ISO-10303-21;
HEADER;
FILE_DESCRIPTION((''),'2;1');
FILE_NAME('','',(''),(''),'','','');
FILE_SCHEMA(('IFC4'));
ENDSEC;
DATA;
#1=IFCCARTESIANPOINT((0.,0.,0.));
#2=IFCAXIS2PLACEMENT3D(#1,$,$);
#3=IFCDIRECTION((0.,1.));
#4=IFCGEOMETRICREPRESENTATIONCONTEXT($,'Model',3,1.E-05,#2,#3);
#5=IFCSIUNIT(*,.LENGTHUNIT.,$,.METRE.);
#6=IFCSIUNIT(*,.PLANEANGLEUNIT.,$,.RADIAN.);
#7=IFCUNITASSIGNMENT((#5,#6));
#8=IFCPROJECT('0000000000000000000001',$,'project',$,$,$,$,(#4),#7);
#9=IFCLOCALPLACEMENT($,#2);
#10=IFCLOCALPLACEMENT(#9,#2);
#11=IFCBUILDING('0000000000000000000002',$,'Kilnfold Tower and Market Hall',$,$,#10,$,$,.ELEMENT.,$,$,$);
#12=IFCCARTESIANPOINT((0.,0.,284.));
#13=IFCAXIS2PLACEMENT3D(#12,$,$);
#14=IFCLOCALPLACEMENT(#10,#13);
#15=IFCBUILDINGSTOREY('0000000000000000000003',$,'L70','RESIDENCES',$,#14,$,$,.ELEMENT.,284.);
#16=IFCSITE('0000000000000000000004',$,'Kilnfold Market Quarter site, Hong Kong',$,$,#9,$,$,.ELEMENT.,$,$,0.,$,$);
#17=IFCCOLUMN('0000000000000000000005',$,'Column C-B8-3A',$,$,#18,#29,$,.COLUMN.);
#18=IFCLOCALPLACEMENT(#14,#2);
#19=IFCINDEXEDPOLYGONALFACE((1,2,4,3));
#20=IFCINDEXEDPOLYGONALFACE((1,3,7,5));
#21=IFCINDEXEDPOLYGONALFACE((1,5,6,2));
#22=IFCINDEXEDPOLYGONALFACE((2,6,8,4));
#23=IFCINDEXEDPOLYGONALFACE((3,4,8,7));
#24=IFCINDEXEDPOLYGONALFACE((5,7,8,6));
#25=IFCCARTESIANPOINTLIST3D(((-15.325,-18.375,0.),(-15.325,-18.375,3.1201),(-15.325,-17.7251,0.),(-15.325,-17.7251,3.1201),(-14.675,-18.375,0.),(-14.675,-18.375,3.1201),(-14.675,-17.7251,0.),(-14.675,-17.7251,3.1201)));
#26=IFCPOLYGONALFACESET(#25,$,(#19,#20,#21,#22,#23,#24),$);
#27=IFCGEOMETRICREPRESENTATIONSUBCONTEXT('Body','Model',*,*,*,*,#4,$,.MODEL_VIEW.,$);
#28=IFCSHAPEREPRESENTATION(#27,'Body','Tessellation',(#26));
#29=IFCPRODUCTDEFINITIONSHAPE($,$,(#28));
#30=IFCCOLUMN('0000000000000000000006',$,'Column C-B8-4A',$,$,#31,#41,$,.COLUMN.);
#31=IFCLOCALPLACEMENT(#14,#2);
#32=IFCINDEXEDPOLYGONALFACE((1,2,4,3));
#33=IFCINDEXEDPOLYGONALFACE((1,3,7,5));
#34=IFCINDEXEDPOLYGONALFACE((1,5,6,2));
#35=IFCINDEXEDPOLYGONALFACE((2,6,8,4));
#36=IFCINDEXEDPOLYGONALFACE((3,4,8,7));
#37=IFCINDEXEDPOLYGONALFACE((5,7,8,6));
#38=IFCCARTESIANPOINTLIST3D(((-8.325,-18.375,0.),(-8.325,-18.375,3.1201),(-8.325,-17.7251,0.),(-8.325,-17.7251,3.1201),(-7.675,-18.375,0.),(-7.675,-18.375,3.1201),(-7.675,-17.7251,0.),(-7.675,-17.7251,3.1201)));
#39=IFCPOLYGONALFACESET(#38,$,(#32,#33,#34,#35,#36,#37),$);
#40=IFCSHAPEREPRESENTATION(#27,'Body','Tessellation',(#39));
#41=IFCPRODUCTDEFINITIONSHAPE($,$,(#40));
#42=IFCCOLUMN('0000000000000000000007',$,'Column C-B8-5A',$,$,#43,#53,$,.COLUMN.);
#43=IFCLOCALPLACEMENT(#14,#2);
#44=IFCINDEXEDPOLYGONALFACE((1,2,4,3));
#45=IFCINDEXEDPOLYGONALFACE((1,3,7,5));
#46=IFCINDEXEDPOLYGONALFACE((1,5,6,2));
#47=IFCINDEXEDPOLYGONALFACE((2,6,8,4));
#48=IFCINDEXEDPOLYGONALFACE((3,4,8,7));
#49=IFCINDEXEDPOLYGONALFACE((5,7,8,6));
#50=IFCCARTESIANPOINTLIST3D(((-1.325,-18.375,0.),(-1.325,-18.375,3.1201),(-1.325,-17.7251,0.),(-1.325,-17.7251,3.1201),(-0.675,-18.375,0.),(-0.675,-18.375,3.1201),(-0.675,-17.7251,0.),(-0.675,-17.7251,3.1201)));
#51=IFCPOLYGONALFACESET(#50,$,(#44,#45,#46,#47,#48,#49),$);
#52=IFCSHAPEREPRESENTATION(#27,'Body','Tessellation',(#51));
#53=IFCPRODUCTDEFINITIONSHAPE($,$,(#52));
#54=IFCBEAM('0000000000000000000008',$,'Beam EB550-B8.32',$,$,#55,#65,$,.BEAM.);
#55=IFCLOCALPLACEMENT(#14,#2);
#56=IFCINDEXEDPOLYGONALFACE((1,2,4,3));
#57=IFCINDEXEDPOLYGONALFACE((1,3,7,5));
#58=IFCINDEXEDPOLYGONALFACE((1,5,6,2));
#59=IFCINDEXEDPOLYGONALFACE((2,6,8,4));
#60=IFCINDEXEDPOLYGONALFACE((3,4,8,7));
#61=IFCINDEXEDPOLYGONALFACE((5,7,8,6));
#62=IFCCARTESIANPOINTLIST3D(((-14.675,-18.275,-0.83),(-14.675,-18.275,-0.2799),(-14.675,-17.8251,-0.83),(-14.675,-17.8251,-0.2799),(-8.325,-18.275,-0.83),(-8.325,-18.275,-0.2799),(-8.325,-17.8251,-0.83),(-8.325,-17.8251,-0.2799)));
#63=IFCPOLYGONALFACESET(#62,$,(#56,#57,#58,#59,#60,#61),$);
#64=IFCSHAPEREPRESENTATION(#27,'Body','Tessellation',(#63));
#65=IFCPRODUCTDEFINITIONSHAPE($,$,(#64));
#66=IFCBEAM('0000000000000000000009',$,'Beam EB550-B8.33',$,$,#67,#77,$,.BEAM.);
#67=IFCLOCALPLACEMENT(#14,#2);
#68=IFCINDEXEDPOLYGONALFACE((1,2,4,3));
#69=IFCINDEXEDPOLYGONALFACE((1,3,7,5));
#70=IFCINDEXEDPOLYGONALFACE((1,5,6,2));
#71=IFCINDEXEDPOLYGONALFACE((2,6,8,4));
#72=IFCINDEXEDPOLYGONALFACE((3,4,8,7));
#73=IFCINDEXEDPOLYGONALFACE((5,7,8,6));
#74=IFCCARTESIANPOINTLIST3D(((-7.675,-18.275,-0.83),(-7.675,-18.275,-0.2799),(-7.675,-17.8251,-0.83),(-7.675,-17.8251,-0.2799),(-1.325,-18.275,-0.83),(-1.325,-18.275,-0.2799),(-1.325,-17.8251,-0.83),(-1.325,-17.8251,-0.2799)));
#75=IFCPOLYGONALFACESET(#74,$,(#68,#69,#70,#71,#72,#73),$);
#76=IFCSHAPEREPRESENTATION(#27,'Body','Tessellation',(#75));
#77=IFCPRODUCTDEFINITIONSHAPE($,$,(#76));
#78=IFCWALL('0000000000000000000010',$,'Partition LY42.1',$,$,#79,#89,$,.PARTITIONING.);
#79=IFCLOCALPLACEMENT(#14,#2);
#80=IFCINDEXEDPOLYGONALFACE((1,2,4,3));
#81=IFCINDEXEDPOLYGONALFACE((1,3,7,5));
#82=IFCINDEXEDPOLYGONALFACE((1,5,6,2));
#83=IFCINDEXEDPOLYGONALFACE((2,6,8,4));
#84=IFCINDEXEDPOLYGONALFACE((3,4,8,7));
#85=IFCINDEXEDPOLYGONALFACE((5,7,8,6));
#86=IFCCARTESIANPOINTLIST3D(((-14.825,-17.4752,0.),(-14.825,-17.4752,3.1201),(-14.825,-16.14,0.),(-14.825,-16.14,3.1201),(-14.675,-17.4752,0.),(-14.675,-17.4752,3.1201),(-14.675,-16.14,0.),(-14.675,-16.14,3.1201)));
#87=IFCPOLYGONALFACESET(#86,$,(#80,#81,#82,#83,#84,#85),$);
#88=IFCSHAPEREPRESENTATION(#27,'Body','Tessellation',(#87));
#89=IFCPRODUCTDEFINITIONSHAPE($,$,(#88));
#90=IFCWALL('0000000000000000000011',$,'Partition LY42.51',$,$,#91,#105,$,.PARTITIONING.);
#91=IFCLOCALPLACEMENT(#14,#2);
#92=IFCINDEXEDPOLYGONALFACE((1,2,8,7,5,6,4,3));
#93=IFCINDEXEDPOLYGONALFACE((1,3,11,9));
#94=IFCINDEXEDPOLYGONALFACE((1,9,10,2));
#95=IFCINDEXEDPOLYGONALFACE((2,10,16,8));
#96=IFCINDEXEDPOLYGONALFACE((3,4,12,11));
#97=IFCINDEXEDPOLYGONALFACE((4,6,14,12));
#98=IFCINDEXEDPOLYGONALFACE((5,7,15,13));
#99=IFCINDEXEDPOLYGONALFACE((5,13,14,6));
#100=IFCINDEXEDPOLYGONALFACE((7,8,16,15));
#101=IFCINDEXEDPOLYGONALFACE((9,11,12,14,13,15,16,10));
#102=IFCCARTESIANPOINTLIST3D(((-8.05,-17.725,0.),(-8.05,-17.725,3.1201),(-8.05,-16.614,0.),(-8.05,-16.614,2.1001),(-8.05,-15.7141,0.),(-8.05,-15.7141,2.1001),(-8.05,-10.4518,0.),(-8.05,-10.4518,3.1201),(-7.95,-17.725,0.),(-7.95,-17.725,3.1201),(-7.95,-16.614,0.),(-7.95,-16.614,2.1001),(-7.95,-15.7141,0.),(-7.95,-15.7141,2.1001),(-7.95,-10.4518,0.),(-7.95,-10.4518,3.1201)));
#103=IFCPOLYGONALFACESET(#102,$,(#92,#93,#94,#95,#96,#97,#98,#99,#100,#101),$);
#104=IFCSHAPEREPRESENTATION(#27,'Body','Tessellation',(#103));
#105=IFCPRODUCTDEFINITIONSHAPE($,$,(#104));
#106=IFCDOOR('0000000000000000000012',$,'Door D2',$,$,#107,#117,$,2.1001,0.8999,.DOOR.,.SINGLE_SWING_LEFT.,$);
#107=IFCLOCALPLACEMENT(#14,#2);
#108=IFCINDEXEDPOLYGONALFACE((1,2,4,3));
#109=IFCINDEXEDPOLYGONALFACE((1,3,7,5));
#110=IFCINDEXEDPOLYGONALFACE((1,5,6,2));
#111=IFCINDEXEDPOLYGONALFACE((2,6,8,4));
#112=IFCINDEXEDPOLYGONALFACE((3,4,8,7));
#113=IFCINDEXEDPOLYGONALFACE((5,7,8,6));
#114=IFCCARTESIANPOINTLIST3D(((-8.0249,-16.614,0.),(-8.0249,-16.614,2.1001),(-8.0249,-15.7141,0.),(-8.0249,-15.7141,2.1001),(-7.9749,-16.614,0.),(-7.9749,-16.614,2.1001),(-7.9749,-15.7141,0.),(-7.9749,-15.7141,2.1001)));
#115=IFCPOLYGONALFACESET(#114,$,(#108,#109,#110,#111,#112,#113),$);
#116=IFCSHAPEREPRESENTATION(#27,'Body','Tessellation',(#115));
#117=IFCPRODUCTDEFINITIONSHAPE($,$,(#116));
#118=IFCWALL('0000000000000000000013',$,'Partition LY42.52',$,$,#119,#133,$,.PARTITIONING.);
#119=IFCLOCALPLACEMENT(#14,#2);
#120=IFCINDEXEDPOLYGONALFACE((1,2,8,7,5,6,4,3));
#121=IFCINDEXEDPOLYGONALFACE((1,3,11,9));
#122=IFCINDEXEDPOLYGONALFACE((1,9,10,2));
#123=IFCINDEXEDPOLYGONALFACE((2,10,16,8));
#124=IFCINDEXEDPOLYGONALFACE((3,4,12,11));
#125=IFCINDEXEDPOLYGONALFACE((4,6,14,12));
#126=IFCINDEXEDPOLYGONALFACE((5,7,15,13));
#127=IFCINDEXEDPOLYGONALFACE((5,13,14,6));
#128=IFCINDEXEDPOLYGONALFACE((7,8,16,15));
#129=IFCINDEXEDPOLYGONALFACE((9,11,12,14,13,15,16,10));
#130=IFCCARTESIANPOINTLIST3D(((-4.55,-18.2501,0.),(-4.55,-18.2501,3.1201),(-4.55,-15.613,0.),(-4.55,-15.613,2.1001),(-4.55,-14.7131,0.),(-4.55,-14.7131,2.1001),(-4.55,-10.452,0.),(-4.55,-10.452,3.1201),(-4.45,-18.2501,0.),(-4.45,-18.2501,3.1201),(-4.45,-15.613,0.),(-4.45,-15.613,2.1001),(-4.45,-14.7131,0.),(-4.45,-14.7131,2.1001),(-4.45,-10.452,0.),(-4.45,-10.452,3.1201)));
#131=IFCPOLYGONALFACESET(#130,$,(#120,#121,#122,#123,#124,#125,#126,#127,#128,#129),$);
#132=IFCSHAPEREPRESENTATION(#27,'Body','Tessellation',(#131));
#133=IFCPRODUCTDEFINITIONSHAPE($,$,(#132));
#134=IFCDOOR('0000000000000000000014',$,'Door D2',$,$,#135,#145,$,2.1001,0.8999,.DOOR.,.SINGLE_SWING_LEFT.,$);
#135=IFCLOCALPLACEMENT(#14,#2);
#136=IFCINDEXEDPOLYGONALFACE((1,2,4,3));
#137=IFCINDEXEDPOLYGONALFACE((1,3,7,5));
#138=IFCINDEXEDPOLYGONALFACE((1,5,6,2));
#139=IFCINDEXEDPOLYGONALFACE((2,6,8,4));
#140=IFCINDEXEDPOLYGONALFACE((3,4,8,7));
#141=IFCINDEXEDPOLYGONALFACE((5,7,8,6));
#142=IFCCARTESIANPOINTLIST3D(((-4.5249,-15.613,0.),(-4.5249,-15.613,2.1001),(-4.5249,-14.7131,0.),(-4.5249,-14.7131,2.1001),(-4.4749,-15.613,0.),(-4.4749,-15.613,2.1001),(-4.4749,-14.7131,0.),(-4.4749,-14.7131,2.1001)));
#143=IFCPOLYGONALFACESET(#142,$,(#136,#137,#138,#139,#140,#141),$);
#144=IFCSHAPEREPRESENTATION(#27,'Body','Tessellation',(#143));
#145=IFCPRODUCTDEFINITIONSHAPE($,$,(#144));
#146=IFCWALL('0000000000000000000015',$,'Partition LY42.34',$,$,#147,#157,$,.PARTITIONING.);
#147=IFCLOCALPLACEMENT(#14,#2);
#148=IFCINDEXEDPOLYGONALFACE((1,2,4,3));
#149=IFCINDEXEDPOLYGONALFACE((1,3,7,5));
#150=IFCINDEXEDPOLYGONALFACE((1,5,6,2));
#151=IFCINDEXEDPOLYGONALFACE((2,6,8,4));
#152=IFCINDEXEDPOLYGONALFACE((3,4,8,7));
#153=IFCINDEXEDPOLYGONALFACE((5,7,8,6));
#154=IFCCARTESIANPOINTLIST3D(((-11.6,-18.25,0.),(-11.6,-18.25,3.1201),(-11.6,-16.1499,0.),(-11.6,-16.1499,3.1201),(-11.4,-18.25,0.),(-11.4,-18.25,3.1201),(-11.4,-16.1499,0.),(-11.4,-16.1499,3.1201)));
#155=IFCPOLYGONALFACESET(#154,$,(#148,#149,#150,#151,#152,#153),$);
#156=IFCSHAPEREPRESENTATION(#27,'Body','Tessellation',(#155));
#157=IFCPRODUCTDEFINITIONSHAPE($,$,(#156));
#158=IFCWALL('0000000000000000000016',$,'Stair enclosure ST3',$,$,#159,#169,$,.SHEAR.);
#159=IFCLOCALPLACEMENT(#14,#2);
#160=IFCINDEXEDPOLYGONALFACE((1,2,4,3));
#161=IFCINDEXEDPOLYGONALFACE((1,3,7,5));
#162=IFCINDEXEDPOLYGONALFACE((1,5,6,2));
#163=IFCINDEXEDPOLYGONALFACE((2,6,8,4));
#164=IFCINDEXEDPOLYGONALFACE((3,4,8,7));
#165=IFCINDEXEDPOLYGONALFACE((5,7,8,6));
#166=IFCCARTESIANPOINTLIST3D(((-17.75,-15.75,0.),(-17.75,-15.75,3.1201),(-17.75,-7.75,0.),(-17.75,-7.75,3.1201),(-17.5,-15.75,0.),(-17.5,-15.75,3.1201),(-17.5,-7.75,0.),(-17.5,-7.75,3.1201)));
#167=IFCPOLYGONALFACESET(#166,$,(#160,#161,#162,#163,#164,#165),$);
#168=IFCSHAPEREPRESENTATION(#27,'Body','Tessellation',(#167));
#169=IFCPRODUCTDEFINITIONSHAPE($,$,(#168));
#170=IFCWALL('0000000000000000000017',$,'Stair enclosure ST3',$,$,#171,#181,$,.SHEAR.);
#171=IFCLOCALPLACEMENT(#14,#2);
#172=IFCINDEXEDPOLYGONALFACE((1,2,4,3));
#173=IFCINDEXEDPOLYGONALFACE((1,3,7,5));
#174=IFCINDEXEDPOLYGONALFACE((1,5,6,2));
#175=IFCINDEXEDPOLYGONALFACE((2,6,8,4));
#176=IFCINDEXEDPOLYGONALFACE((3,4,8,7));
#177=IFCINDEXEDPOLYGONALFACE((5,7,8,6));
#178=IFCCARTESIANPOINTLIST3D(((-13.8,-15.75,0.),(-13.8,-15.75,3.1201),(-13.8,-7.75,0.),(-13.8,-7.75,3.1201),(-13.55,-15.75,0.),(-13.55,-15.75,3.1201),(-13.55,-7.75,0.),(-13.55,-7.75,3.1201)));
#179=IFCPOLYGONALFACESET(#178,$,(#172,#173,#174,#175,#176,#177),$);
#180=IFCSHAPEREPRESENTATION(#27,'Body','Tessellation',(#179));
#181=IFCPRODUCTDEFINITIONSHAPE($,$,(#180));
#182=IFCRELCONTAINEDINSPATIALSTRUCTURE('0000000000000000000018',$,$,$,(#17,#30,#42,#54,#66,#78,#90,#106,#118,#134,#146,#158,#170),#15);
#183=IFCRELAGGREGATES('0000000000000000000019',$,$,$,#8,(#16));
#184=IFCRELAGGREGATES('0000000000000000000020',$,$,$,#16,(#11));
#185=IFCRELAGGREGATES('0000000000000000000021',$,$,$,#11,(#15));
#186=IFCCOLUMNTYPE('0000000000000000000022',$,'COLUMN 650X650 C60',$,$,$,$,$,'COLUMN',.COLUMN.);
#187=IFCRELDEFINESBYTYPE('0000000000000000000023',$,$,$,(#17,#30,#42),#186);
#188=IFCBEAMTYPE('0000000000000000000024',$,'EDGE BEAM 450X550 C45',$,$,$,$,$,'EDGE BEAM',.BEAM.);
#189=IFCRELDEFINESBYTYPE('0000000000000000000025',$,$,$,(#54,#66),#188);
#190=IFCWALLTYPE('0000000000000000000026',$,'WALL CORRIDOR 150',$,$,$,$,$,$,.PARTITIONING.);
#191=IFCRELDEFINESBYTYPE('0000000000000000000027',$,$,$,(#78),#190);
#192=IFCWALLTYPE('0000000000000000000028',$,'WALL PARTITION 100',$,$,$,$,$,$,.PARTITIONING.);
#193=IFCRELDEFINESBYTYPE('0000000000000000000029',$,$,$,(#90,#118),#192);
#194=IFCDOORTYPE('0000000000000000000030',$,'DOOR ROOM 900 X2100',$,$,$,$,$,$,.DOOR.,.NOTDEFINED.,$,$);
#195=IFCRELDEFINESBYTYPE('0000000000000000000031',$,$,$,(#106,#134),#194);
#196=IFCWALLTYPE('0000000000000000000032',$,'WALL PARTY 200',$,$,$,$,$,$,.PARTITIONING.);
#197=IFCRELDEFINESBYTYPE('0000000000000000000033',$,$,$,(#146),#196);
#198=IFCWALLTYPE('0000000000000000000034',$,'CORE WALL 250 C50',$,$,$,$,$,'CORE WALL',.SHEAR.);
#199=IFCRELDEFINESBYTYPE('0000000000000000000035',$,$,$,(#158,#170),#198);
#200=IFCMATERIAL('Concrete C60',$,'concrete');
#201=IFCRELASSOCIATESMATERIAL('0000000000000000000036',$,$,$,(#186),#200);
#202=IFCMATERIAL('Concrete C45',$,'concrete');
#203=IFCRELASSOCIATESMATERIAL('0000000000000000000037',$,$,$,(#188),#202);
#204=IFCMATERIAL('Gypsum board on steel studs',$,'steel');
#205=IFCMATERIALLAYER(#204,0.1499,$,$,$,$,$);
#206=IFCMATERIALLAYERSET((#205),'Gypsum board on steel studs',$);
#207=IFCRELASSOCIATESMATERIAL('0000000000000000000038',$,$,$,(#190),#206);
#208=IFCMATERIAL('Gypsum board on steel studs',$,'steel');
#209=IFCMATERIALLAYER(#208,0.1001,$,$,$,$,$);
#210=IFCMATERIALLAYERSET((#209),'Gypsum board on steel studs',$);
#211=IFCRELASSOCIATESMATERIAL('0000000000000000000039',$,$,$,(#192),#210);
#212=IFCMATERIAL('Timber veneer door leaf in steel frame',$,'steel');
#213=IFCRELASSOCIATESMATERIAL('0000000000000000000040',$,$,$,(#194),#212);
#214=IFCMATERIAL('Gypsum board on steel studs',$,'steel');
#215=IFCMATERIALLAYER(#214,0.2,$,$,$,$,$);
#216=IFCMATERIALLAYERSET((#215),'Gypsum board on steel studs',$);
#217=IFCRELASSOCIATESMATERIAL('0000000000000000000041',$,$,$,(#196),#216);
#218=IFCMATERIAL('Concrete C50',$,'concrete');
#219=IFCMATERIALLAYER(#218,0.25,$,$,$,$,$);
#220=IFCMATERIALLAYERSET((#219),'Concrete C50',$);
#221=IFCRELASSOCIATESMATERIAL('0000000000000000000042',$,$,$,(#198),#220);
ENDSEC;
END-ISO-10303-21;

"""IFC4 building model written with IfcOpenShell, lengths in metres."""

from ifc_helpers import new_model, si_unit, direction, frame, frame_2d, origin, origin_2d, place, context, subcontext, project, spatial, rectangle, extrude, source, transform, mapped, material, layer, layer_set, material_profile, profile_set, type_object, element, fill, save


model = new_model("IFC4")

# Units and contexts
model_context = context("Model", 3, precision=1e-05, world=origin(), true_north=direction((0.0, 1.0)))
body_context = subcontext(model_context, "Body", "Model", "MODEL_VIEW")
ifc_project = project(units=[si_unit("LENGTHUNIT", "METRE"), si_unit("PLANEANGLEUNIT", "RADIAN")], contexts=[model_context])

# Site, building, storey
site_placement = place(None, origin())
site = spatial("IfcSite", under=ifc_project, at=site_placement, Name="Kilnfold Market Quarter site, Hong Kong", CompositionType="ELEMENT", RefElevation=0.0)
building_placement = place(site_placement, origin())
building = spatial("IfcBuilding", under=site, at=building_placement, Name="Kilnfold Tower and Market Hall", CompositionType="ELEMENT")
storey_placement = place(building_placement, frame((0.0, 0.0, 284.0)))
storey = spatial("IfcBuildingStorey", under=building, at=storey_placement, Name="L70", Description="RESIDENCES", CompositionType="ELEMENT", Elevation=284.0)

# Columns
ifc_material_1 = material(Name="Concrete C60", Category="concrete")
ifc_material_profile_1 = material_profile(ifc_material_1, rectangle(XDim=0.6499, YDim=0.6499, at=origin_2d()), Name="RC 650x650")
ifc_profile_set_1 = profile_set([ifc_material_profile_1], Name="Concrete C60")
column_type = type_object("IfcColumnType", Name="COLUMN 650X650 C60", ElementType="COLUMN", PredefinedType="COLUMN", material=ifc_profile_set_1)
shared_shape_1 = source(origin(), body_context, "Body", "SweptSolid", [
    extrude(rectangle(XDim=0.6499, YDim=0.6499, at=origin_2d()), origin(), (0.0, 0.0, 1.0), 3.1201),
])
for number, where, z_axis, x_axis, name in (
    (1, (-15.0, -18.05, 0.0), (0.0, 0.0, 1.0), (1.0, 0.0, 0.0), "Column C-B8-3A"),
    (2, (-8.0, -18.05, 0.0), (0.0, 0.0, 1.0), (1.0, 0.0, 0.0), "Column C-B8-4A"),
    (3, (-1.0, -18.05, 0.0), (0.0, 0.0, 1.0), (1.0, 0.0, 0.0), "Column C-B8-5A"),
):
    element("IfcColumn", number, at=place(storey_placement, frame(where, z_axis=z_axis, x_axis=x_axis)), inside=storey, type_object=column_type, Name=name, PredefinedType="COLUMN", context=body_context, shape_type="MappedRepresentation", body=[
        mapped(shared_shape_1, transform((0.0, 0.0, 0.0))),
    ])

# Beams
ifc_material_2 = material(Name="Concrete C45", Category="concrete")
ifc_material_profile_2 = material_profile(ifc_material_2, rectangle(XDim=0.45, YDim=0.55, at=origin_2d()), Name="RC 450x550")
ifc_profile_set_2 = profile_set([ifc_material_profile_2], Name="Concrete C45")
beam_type = type_object("IfcBeamType", Name="EDGE BEAM 450X550 C45", ElementType="EDGE BEAM", PredefinedType="BEAM", material=ifc_profile_set_2)
shared_shape_2 = source(origin(), body_context, "Body", "SweptSolid", [
    extrude(rectangle(XDim=0.45, YDim=0.55, at=origin_2d()), origin(), (0.0, 0.0, 1.0), 6.3501),
])
for number, where, z_axis, x_axis, name in (
    (4, (-14.675, -18.05, -0.5549), (1.0, 0.0, 0.0), (0.0, 1.0, 0.0), "Beam EB550-B8.32"),
    (5, (-7.675, -18.05, -0.5549), (1.0, 0.0, 0.0), (0.0, 1.0, 0.0), "Beam EB550-B8.33"),
):
    element("IfcBeam", number, at=place(storey_placement, frame(where, z_axis=z_axis, x_axis=x_axis)), inside=storey, type_object=beam_type, Name=name, PredefinedType="BEAM", context=body_context, shape_type="MappedRepresentation", body=[
        mapped(shared_shape_2, transform((0.0, 0.0, 0.0))),
    ])

# Wall
ifc_material_3 = material(Name="Gypsum board on steel studs", Category="steel")
ifc_layer_1 = layer(ifc_material_3, 0.1499)
ifc_layer_set_1 = layer_set([ifc_layer_1], Name="Gypsum board on steel studs")
wall_type_1 = type_object("IfcWallType", Name="WALL CORRIDOR 150", PredefinedType="PARTITIONING", material=ifc_layer_set_1)
wall_1_placement = place(storey_placement, frame((-14.75, -17.4751, 0.0), z_axis=(0.0, 0.0, 1.0), x_axis=(0.0, 1.0, 0.0)))
element("IfcWall", 6, at=wall_1_placement, inside=storey, type_object=wall_type_1, Name="Partition LY42.1", PredefinedType="PARTITIONING", context=body_context, shape_type="SweptSolid", body=[
    extrude(rectangle(XDim=1.3352, YDim=0.1499, at=frame_2d((0.6675, 0.0))), origin(), (0.0, 0.0, 1.0), 3.1201),
])

# Walls, openings, doors
ifc_material_4 = material(Name="Gypsum board on steel studs", Category="steel")
ifc_layer_2 = layer(ifc_material_4, 0.1001)
ifc_layer_set_2 = layer_set([ifc_layer_2], Name="Gypsum board on steel studs")
wall_type_2 = type_object("IfcWallType", Name="WALL PARTITION 100", PredefinedType="PARTITIONING", material=ifc_layer_set_2)
wall_2_placement = place(storey_placement, frame((-8.0, -17.7251, 0.0), z_axis=(0.0, 0.0, 1.0), x_axis=(0.0, 1.0, 0.0)))
wall_2 = element("IfcWall", 7, at=wall_2_placement, inside=storey, type_object=wall_type_2, Name="Partition LY42.51", PredefinedType="PARTITIONING", context=body_context, shape_type="SweptSolid", body=[
    extrude(rectangle(XDim=7.2732, YDim=0.1001, at=frame_2d((3.6367, 0.0))), origin(), (0.0, 0.0, 1.0), 3.1201),
])
opening_1_placement = place(wall_2_placement, frame((1.1111, 0.0, 0.0)))
opening_1 = element("IfcOpeningElement", 8, at=opening_1_placement, cuts=wall_2, PredefinedType="OPENING", context=body_context, shape_type="SweptSolid", body=[
    extrude(rectangle(XDim=0.8999, YDim=2.1001, at=frame_2d((0.45, 1.05))), frame((0.0, 0.0601, 0.0), z_axis=(0.0, -1.0, 0.0), x_axis=(1.0, 0.0, 0.0)), (0.0, 0.0, 1.0), 0.1201),
])
ifc_material_5 = material(Name="Timber veneer door leaf in steel frame", Category="steel")
door_type = type_object("IfcDoorType", Name="DOOR ROOM 900 X2100", OperationType="NOTDEFINED", PredefinedType="DOOR", material=ifc_material_5)
door_1_placement = place(opening_1_placement, origin())
door_1 = element("IfcDoor", 9, at=door_1_placement, inside=storey, type_object=door_type, Name="Door D2", OperationType="SINGLE_SWING_LEFT", OverallHeight=2.1001, OverallWidth=0.8999, PredefinedType="DOOR", context=body_context, shape_type="SweptSolid", body=[
    extrude(rectangle(XDim=0.8999, YDim=2.1001, at=frame_2d((0.45, 1.05))), frame((0.0, 0.0249, 0.0), z_axis=(0.0, -1.0, 0.0), x_axis=(1.0, 0.0, 0.0)), (0.0, 0.0, 1.0), 0.05),
])
fill(opening_1, door_1)
wall_3_placement = place(storey_placement, frame((-4.5, -18.25, 0.0), z_axis=(0.0, 0.0, 1.0), x_axis=(0.0, 1.0, 0.0)))
wall_3 = element("IfcWall", 10, at=wall_3_placement, inside=storey, type_object=wall_type_2, Name="Partition LY42.52", PredefinedType="PARTITIONING", context=body_context, shape_type="SweptSolid", body=[
    extrude(rectangle(XDim=7.7981, YDim=0.1001, at=frame_2d((3.8989, 0.0))), origin(), (0.0, 0.0, 1.0), 3.1201),
])
opening_2_placement = place(wall_3_placement, frame((2.637, 0.0, 0.0)))
opening_2 = element("IfcOpeningElement", 11, at=opening_2_placement, cuts=wall_3, PredefinedType="OPENING", context=body_context, shape_type="SweptSolid", body=[
    extrude(rectangle(XDim=0.8999, YDim=2.1001, at=frame_2d((0.45, 1.05))), frame((0.0, 0.0601, 0.0), z_axis=(0.0, -1.0, 0.0), x_axis=(1.0, 0.0, 0.0)), (0.0, 0.0, 1.0), 0.1201),
])
door_2_placement = place(opening_2_placement, origin())
door_2 = element("IfcDoor", 12, at=door_2_placement, inside=storey, type_object=door_type, Name="Door D2", OperationType="SINGLE_SWING_LEFT", OverallHeight=2.1001, OverallWidth=0.8999, PredefinedType="DOOR", context=body_context, shape_type="SweptSolid", body=[
    extrude(rectangle(XDim=0.8999, YDim=2.1001, at=frame_2d((0.45, 1.05))), frame((0.0, 0.0249, 0.0), z_axis=(0.0, -1.0, 0.0), x_axis=(1.0, 0.0, 0.0)), (0.0, 0.0, 1.0), 0.05),
])
fill(opening_2, door_2)

# Walls
ifc_material_6 = material(Name="Gypsum board on steel studs", Category="steel")
ifc_layer_3 = layer(ifc_material_6, 0.2)
ifc_layer_set_3 = layer_set([ifc_layer_3], Name="Gypsum board on steel studs")
wall_type_3 = type_object("IfcWallType", Name="WALL PARTY 200", PredefinedType="PARTITIONING", material=ifc_layer_set_3)
wall_4_placement = place(storey_placement, frame((-11.5, -18.25, 0.0), z_axis=(0.0, 0.0, 1.0), x_axis=(0.0, 1.0, 0.0)))
element("IfcWall", 13, at=wall_4_placement, inside=storey, type_object=wall_type_3, Name="Partition LY42.34", PredefinedType="PARTITIONING", context=body_context, shape_type="SweptSolid", body=[
    extrude(rectangle(XDim=2.1001, YDim=0.2, at=frame_2d((1.05, 0.0))), origin(), (0.0, 0.0, 1.0), 3.1201),
])
ifc_material_7 = material(Name="Concrete C50", Category="concrete")
ifc_layer_4 = layer(ifc_material_7, 0.25)
ifc_layer_set_4 = layer_set([ifc_layer_4], Name="Concrete C50")
wall_type_4 = type_object("IfcWallType", Name="CORE WALL 250 C50", ElementType="CORE WALL", PredefinedType="SHEAR", material=ifc_layer_set_4)
shared_shape_3 = source(origin(), body_context, "Body", "SweptSolid", [
    extrude(rectangle(XDim=8.0, YDim=0.25, at=frame_2d((4.0, 0.0))), origin(), (0.0, 0.0, 1.0), 3.1201),
])
for number, where, z_axis, x_axis, name in (
    (14, (-17.625, -15.75, 0.0), (0.0, 0.0, 1.0), (0.0, 1.0, 0.0), "Stair enclosure ST3"),
    (15, (-13.675, -15.75, 0.0), (0.0, 0.0, 1.0), (0.0, 1.0, 0.0), "Stair enclosure ST3"),
):
    element("IfcWall", number, at=place(storey_placement, frame(where, z_axis=z_axis, x_axis=x_axis)), inside=storey, type_object=wall_type_4, Name=name, PredefinedType="SHEAR", context=body_context, shape_type="MappedRepresentation", body=[
        mapped(shared_shape_3, transform((0.0, 0.0, 0.0))),
    ])

save(model, "model.ifc")
